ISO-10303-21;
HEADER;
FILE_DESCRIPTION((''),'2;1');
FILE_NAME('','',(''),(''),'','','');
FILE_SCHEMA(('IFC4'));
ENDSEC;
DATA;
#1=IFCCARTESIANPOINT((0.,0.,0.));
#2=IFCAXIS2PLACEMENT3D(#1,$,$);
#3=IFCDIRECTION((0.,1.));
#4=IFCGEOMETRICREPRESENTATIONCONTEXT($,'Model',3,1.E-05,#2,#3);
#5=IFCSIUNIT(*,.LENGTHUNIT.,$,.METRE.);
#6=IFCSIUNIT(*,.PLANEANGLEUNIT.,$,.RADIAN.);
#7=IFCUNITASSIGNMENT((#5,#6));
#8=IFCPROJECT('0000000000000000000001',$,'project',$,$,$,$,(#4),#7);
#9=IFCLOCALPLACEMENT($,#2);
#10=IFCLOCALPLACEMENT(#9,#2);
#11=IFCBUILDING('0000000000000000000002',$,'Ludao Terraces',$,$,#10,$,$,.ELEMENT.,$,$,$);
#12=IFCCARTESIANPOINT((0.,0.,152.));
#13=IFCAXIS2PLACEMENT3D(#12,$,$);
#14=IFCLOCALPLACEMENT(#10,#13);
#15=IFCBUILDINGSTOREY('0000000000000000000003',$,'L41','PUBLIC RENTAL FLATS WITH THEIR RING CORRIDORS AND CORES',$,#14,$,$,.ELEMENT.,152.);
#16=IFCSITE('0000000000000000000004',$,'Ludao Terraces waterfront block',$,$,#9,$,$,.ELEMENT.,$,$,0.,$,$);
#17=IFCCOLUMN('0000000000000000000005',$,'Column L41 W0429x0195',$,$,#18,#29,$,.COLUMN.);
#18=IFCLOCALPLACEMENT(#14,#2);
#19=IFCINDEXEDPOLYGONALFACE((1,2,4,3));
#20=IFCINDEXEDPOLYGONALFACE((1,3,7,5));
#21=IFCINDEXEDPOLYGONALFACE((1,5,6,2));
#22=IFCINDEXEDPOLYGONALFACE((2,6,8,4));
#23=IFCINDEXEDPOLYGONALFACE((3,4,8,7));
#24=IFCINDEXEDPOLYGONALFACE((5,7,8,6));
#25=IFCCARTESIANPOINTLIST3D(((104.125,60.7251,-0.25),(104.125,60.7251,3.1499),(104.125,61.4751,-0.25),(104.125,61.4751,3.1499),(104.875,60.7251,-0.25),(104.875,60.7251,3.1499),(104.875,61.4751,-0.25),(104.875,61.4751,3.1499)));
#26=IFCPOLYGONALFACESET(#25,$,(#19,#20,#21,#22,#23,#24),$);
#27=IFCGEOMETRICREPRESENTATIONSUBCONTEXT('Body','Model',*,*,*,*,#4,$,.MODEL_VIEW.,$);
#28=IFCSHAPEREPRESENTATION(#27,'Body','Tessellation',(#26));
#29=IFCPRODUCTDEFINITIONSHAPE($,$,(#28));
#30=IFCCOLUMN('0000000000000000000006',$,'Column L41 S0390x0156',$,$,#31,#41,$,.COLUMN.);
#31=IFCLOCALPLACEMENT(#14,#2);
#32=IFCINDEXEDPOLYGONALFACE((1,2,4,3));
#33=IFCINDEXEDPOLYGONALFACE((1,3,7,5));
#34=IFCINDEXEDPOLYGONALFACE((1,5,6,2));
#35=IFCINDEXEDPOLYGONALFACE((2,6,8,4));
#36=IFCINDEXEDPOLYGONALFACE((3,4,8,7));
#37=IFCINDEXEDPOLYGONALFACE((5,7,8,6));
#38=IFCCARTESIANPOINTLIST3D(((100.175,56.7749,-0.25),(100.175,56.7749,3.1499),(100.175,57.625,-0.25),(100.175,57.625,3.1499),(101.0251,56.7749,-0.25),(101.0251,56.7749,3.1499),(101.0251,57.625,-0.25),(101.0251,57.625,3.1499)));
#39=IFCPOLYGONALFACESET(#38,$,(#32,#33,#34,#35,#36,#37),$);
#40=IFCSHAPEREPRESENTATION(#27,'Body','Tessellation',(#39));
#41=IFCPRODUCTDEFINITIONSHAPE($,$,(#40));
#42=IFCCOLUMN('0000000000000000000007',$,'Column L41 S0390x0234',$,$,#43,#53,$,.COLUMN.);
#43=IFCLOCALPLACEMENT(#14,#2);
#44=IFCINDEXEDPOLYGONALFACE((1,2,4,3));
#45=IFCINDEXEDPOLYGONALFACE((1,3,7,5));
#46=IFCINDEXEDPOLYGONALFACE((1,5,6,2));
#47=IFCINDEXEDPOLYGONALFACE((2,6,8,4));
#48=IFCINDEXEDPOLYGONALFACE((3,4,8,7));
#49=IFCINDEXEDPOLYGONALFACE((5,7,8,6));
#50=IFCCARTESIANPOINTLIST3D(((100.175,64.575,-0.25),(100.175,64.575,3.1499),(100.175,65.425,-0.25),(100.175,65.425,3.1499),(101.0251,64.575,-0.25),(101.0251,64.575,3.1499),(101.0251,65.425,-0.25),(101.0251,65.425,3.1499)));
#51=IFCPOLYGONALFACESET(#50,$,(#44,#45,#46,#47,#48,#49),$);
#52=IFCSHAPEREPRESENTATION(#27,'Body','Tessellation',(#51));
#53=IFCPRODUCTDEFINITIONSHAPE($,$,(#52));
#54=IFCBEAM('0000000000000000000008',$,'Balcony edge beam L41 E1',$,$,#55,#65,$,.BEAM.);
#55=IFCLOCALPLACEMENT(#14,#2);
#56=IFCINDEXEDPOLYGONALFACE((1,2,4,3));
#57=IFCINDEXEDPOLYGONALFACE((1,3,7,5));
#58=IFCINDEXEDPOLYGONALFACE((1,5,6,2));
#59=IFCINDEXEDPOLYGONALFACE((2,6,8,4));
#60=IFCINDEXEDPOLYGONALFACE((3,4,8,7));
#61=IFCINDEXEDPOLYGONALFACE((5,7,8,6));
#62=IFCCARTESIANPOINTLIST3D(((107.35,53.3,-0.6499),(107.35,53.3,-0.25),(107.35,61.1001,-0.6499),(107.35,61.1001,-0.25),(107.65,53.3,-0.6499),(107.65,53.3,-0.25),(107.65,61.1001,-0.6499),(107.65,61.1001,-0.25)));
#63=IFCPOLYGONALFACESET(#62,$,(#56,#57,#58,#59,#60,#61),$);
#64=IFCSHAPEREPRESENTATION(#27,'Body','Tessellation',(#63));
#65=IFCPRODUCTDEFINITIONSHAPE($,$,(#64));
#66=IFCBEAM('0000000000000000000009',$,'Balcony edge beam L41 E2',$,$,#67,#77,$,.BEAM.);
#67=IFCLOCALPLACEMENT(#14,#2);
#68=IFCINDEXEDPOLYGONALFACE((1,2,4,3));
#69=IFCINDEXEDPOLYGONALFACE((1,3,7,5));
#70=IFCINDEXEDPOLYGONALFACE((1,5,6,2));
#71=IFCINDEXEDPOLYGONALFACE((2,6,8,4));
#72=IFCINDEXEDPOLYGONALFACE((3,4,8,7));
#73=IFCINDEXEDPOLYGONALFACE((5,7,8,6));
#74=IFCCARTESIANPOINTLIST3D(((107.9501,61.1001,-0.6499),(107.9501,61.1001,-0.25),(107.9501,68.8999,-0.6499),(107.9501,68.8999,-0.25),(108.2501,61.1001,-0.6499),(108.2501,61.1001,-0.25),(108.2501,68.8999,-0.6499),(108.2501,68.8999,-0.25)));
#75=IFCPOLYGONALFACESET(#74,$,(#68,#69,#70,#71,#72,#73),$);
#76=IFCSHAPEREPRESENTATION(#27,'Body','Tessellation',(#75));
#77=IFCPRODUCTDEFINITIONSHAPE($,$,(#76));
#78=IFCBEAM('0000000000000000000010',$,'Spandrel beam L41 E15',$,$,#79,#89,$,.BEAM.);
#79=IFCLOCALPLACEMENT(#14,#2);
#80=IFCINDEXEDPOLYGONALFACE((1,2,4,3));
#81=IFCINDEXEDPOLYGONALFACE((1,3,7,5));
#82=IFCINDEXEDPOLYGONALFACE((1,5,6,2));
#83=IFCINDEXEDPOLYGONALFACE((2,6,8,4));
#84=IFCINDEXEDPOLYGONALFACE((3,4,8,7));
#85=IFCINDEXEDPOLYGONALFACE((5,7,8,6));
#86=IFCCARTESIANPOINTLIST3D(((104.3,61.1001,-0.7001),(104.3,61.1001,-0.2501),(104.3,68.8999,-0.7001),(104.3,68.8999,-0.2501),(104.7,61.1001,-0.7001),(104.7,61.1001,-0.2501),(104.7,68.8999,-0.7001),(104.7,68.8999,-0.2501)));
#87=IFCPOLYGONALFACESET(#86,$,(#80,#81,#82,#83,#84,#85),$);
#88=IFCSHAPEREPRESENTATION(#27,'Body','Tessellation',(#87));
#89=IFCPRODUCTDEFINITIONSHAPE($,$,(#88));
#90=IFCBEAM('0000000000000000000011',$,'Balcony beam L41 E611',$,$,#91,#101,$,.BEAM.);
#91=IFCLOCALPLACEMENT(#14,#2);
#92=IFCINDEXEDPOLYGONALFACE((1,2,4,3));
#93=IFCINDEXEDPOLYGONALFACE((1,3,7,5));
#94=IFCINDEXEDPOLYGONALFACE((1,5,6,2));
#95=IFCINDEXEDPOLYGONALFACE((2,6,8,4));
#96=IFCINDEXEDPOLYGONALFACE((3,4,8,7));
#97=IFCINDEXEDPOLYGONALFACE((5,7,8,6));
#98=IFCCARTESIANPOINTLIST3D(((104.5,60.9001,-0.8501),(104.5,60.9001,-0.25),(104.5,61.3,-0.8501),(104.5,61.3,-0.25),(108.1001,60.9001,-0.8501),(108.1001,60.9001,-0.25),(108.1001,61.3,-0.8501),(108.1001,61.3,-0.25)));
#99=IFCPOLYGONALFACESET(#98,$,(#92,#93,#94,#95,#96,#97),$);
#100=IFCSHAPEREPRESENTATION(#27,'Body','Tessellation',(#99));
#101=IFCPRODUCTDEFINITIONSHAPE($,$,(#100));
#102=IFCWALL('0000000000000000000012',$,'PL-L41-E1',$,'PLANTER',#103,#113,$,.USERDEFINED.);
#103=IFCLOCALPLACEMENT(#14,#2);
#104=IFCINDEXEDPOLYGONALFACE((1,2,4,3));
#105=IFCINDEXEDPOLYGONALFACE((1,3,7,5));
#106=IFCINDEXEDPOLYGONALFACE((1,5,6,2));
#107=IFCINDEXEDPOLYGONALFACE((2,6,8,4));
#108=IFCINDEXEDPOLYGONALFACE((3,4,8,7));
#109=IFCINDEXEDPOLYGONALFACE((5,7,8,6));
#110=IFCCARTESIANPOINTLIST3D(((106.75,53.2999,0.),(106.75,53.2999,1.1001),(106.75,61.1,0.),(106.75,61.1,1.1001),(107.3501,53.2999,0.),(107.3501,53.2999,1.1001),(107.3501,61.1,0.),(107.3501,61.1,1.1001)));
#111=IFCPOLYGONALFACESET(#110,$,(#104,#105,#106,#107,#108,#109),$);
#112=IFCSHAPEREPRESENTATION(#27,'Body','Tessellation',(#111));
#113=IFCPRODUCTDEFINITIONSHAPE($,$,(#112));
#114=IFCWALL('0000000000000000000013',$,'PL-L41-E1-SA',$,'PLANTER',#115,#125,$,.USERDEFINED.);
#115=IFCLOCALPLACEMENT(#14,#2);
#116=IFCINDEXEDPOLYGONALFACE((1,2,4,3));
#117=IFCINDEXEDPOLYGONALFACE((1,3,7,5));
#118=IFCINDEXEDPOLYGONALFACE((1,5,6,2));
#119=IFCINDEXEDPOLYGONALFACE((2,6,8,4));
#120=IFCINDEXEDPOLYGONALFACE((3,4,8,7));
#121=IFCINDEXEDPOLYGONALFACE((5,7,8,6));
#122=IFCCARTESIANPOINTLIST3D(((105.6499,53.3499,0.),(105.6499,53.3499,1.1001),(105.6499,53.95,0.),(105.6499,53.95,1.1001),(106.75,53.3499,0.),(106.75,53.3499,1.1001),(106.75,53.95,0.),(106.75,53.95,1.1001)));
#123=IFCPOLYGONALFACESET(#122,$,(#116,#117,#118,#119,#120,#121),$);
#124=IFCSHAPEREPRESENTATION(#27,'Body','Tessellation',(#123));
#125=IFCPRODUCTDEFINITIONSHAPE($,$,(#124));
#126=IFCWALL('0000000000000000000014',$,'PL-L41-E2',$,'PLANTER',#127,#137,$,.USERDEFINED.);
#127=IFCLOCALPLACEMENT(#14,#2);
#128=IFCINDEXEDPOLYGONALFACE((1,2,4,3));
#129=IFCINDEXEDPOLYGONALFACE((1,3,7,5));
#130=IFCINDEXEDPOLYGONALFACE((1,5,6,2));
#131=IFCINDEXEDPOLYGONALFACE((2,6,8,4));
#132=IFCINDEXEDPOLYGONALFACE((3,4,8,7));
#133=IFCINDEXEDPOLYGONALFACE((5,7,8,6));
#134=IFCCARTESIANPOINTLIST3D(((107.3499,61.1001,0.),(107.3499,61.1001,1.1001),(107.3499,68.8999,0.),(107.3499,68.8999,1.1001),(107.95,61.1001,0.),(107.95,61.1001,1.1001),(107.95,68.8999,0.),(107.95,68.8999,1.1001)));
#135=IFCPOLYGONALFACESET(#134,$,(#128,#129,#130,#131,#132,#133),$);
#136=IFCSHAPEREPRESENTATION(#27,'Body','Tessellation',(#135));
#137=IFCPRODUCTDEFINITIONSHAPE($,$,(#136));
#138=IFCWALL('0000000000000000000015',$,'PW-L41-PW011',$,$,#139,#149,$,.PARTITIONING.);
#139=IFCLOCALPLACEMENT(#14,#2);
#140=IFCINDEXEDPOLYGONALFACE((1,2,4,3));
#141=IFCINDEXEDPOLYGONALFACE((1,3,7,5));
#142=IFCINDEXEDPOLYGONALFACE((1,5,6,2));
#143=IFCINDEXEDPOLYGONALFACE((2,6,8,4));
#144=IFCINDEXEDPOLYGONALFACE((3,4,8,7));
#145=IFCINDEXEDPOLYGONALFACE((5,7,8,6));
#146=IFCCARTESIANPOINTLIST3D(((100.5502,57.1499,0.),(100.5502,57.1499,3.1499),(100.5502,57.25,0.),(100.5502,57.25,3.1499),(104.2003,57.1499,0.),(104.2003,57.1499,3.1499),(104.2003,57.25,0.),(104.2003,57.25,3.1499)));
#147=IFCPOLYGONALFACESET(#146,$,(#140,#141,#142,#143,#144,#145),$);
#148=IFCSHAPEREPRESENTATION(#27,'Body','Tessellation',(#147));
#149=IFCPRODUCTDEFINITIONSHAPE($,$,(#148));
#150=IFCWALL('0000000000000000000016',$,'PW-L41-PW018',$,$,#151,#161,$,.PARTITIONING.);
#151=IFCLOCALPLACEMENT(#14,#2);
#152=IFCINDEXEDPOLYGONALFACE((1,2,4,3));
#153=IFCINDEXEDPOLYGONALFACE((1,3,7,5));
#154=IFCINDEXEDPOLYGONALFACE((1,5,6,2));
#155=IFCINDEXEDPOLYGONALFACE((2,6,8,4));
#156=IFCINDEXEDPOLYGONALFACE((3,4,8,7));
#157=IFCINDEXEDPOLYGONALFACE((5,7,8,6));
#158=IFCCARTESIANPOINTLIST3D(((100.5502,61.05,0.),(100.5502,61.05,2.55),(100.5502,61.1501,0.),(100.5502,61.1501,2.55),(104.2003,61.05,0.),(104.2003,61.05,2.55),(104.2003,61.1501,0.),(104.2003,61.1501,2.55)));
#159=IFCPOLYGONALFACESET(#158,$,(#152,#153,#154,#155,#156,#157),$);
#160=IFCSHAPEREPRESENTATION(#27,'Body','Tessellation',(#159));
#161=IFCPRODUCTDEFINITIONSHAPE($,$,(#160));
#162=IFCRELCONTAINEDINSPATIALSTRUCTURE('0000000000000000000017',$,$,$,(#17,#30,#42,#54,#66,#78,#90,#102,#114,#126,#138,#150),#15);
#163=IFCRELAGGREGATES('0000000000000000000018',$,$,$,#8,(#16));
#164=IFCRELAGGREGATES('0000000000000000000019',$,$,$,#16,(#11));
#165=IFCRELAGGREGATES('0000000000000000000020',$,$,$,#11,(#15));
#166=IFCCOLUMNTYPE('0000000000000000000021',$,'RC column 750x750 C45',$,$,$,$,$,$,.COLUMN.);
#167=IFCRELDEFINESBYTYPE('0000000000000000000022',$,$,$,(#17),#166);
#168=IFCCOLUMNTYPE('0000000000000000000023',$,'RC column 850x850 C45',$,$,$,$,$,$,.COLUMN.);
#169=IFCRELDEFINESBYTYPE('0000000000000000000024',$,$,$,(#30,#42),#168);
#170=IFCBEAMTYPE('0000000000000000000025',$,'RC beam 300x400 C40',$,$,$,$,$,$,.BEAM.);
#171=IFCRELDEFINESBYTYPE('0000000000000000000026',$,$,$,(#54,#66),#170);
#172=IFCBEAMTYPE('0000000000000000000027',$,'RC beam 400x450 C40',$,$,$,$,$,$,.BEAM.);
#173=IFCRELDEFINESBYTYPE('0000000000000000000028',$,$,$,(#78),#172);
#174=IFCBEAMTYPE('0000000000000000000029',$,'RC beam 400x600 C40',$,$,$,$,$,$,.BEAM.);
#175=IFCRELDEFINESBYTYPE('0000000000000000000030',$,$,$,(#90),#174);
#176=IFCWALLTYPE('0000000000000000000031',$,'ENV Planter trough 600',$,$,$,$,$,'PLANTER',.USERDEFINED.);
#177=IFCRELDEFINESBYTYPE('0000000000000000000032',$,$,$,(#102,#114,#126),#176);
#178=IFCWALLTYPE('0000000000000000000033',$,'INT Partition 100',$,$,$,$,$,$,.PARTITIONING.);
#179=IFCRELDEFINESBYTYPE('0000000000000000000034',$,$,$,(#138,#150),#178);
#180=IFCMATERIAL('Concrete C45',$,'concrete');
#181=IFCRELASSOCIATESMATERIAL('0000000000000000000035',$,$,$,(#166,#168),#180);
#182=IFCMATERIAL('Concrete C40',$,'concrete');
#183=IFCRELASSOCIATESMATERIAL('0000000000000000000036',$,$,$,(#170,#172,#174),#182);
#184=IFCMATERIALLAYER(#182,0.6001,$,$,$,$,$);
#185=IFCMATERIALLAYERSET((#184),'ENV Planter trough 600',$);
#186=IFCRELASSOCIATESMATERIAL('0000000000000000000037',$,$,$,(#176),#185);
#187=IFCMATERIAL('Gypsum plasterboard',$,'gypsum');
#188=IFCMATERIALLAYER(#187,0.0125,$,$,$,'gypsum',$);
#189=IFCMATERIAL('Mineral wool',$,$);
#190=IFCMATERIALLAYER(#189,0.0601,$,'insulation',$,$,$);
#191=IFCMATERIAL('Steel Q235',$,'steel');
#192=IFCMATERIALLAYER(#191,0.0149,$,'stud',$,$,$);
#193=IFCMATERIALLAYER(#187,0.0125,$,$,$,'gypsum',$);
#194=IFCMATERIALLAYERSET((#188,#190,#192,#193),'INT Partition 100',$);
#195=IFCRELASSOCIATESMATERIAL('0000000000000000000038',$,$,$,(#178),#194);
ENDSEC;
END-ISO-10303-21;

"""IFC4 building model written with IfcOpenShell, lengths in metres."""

from ifc_helpers import new_model, si_unit, direction, frame, frame_2d, origin, origin_2d, place, context, subcontext, project, spatial, rectangle, extrude, material, layer, layer_set, material_profile, profile_set, type_object, element, save


model = new_model("IFC4")

# Units and contexts
model_context = context("Model", 3, precision=1e-05, world=origin(), true_north=direction((0.0, 1.0)))
body_context = subcontext(model_context, "Body", "Model", "MODEL_VIEW")
ifc_project = project(units=[si_unit("LENGTHUNIT", "METRE"), si_unit("PLANEANGLEUNIT", "RADIAN")], contexts=[model_context])

# Site, building, storey
site_placement = place(None, origin())
site = spatial("IfcSite", under=ifc_project, at=site_placement, Name="Ludao Terraces waterfront block", CompositionType="ELEMENT", RefElevation=0.0)
building_placement = place(site_placement, origin())
building = spatial("IfcBuilding", under=site, at=building_placement, Name="Ludao Terraces", CompositionType="ELEMENT")
storey_placement = place(building_placement, frame((0.0, 0.0, 152.0)))
storey = spatial("IfcBuildingStorey", under=building, at=storey_placement, Name="L41", Description="PUBLIC RENTAL FLATS WITH THEIR RING CORRIDORS AND CORES", CompositionType="ELEMENT", Elevation=152.0)

# Columns
ifc_material_1 = material(Name="Concrete C45", Category="concrete")
ifc_material_profile_1 = material_profile(ifc_material_1, rectangle(XDim=0.75, YDim=0.75, at=origin_2d()), Name="750 X 750")
ifc_profile_set_1 = profile_set([ifc_material_profile_1], Name="Concrete C45")
column_type_1 = type_object("IfcColumnType", Name="RC column 750x750 C45", PredefinedType="COLUMN", material=ifc_profile_set_1)
column_placement = place(storey_placement, frame((104.5, 61.1001, -0.25), z_axis=(0.0, 0.0, 1.0), x_axis=(1.0, 0.0, 0.0)))
element("IfcColumn", 1, at=column_placement, inside=storey, type_object=column_type_1, Name="Column L41 W0429x0195", PredefinedType="COLUMN", context=body_context, shape_type="SweptSolid", body=[
    extrude(rectangle(XDim=0.75, YDim=0.75, at=origin_2d()), origin(), (0.0, 0.0, 1.0), 3.3999),
])
ifc_material_profile_2 = material_profile(ifc_material_1, rectangle(XDim=0.8501, YDim=0.8501, at=origin_2d()), Name="850 X 850")
ifc_profile_set_2 = profile_set([ifc_material_profile_2], Name="Concrete C45")
column_type_2 = type_object("IfcColumnType", Name="RC column 850x850 C45", PredefinedType="COLUMN", material=ifc_profile_set_2)
for number, where, z_axis, x_axis, name in (
    (2, (100.6001, 57.2, -0.25), (0.0, 0.0, 1.0), (1.0, 0.0, 0.0), "Column L41 S0390x0156"),
    (3, (100.6001, 65.0, -0.25), (0.0, 0.0, 1.0), (1.0, 0.0, 0.0), "Column L41 S0390x0234"),
):
    element("IfcColumn", number, at=place(storey_placement, frame(where, z_axis=z_axis, x_axis=x_axis)), inside=storey, type_object=column_type_2, Name=name, PredefinedType="COLUMN", context=body_context, shape_type="SweptSolid", body=[
        extrude(rectangle(XDim=0.8501, YDim=0.8501, at=origin_2d()), origin(), (0.0, 0.0, 1.0), 3.3999),
    ])

# Beams
ifc_material_2 = material(Name="Concrete C40", Category="concrete")
ifc_material_profile_3 = material_profile(ifc_material_2, rectangle(XDim=0.3, YDim=0.3999, at=origin_2d()), Name="300 X 400")
ifc_profile_set_3 = profile_set([ifc_material_profile_3], Name="Concrete C40")
beam_type_1 = type_object("IfcBeamType", Name="RC beam 300x400 C40", PredefinedType="BEAM", material=ifc_profile_set_3)
beam_1_placement = place(storey_placement, frame((107.5, 53.3, -0.45), z_axis=(0.0, 1.0, 0.0), x_axis=(-1.0, 0.0, 0.0)))
element("IfcBeam", 4, at=beam_1_placement, inside=storey, type_object=beam_type_1, Name="Balcony edge beam L41 E1", PredefinedType="BEAM", context=body_context, shape_type="SweptSolid", body=[
    extrude(rectangle(XDim=0.3, YDim=0.3999, at=origin_2d()), origin(), (0.0, 0.0, 1.0), 7.8),
])
beam_2_placement = place(storey_placement, frame((108.1001, 61.1001, -0.45), z_axis=(0.0, 1.0, 0.0), x_axis=(-1.0, 0.0, 0.0)))
element("IfcBeam", 5, at=beam_2_placement, inside=storey, type_object=beam_type_1, Name="Balcony edge beam L41 E2", PredefinedType="BEAM", context=body_context, shape_type="SweptSolid", body=[
    extrude(rectangle(XDim=0.3, YDim=0.3999, at=origin_2d()), origin(), (0.0, 0.0, 1.0), 7.7998),
])
ifc_material_profile_4 = material_profile(ifc_material_2, rectangle(XDim=0.3999, YDim=0.45, at=origin_2d()), Name="400 X 450")
ifc_profile_set_4 = profile_set([ifc_material_profile_4], Name="Concrete C40")
beam_type_2 = type_object("IfcBeamType", Name="RC beam 400x450 C40", PredefinedType="BEAM", material=ifc_profile_set_4)
beam_3_placement = place(storey_placement, frame((104.5, 61.1001, -0.4751), z_axis=(0.0, 1.0, 0.0), x_axis=(-1.0, 0.0, 0.0)))
element("IfcBeam", 6, at=beam_3_placement, inside=storey, type_object=beam_type_2, Name="Spandrel beam L41 E15", PredefinedType="BEAM", context=body_context, shape_type="SweptSolid", body=[
    extrude(rectangle(XDim=0.3999, YDim=0.45, at=origin_2d()), origin(), (0.0, 0.0, 1.0), 7.7998),
])
ifc_material_profile_5 = material_profile(ifc_material_2, rectangle(XDim=0.3999, YDim=0.6001, at=origin_2d()), Name="400 X 600")
ifc_profile_set_5 = profile_set([ifc_material_profile_5], Name="Concrete C40")
beam_type_3 = type_object("IfcBeamType", Name="RC beam 400x600 C40", PredefinedType="BEAM", material=ifc_profile_set_5)
beam_4_placement = place(storey_placement, frame((104.5, 61.1001, -0.55), z_axis=(1.0, 0.0, 0.0), x_axis=(0.0, 1.0, 0.0)))
element("IfcBeam", 7, at=beam_4_placement, inside=storey, type_object=beam_type_3, Name="Balcony beam L41 E611", PredefinedType="BEAM", context=body_context, shape_type="SweptSolid", body=[
    extrude(rectangle(XDim=0.3999, YDim=0.6001, at=origin_2d()), origin(), (0.0, 0.0, 1.0), 3.6001),
])

# Walls
ifc_layer_1 = layer(ifc_material_2, 0.6001)
ifc_layer_set_1 = layer_set([ifc_layer_1], Name="ENV Planter trough 600")
wall_type_1 = type_object("IfcWallType", Name="ENV Planter trough 600", ElementType="PLANTER", PredefinedType="USERDEFINED", material=ifc_layer_set_1)
wall_1_placement = place(storey_placement, frame((107.05, 53.3, 0.0), z_axis=(0.0, 0.0, 1.0), x_axis=(0.0, 1.0, 0.0)))
element("IfcWall", 8, at=wall_1_placement, inside=storey, type_object=wall_type_1, Name="PL-L41-E1", ObjectType="PLANTER", PredefinedType="USERDEFINED", context=body_context, shape_type="SweptSolid", body=[
    extrude(rectangle(XDim=7.8, YDim=0.6001, at=frame_2d((3.8999, 0.0))), origin(), (0.0, 0.0, 1.0), 1.1001),
])
wall_2_placement = place(storey_placement, frame((106.75, 53.6499, 0.0), z_axis=(0.0, 0.0, 1.0), x_axis=(-1.0, 0.0, 0.0)))
element("IfcWall", 9, at=wall_2_placement, inside=storey, type_object=wall_type_1, Name="PL-L41-E1-SA", ObjectType="PLANTER", PredefinedType="USERDEFINED", context=body_context, shape_type="SweptSolid", body=[
    extrude(rectangle(XDim=1.1001, YDim=0.6001, at=frame_2d((0.55, 0.0))), origin(), (0.0, 0.0, 1.0), 1.1001),
])
wall_3_placement = place(storey_placement, frame((107.6499, 61.1001, 0.0), z_axis=(0.0, 0.0, 1.0), x_axis=(0.0, 1.0, 0.0)))
element("IfcWall", 10, at=wall_3_placement, inside=storey, type_object=wall_type_1, Name="PL-L41-E2", ObjectType="PLANTER", PredefinedType="USERDEFINED", context=body_context, shape_type="SweptSolid", body=[
    extrude(rectangle(XDim=7.7998, YDim=0.6001, at=frame_2d((3.8999, 0.0))), origin(), (0.0, 0.0, 1.0), 1.1001),
])

# Shared definitions
ifc_material_3 = material(Name="Mineral wool")

# Walls
ifc_material_4 = material(Name="Gypsum plasterboard", Category="gypsum")
ifc_layer_2 = layer(ifc_material_4, 0.0125, Category="gypsum")
ifc_layer_3 = layer(ifc_material_3, 0.0601, Name="insulation")
ifc_material_5 = material(Name="Steel Q235", Category="steel")
ifc_layer_4 = layer(ifc_material_5, 0.0149, Name="stud")
ifc_layer_5 = layer(ifc_material_4, 0.0125, Category="gypsum")
ifc_layer_set_2 = layer_set([ifc_layer_2, ifc_layer_3, ifc_layer_4, ifc_layer_5], Name="INT Partition 100")
wall_type_2 = type_object("IfcWallType", Name="INT Partition 100", PredefinedType="PARTITIONING", material=ifc_layer_set_2)
wall_4_placement = place(storey_placement, frame((100.55, 57.2, 0.0), z_axis=(0.0, 0.0, 1.0), x_axis=(1.0, 0.0, 0.0)))
element("IfcWall", 11, at=wall_4_placement, inside=storey, type_object=wall_type_2, Name="PW-L41-PW011", PredefinedType="PARTITIONING", context=body_context, shape_type="SweptSolid", body=[
    extrude(rectangle(XDim=3.6501, YDim=0.1001, at=frame_2d((1.8252, 0.0))), origin(), (0.0, 0.0, 1.0), 3.1499),
])
wall_5_placement = place(storey_placement, frame((100.55, 61.1001, 0.0), z_axis=(0.0, 0.0, 1.0), x_axis=(1.0, 0.0, 0.0)))
element("IfcWall", 12, at=wall_5_placement, inside=storey, type_object=wall_type_2, Name="PW-L41-PW018", PredefinedType="PARTITIONING", context=body_context, shape_type="SweptSolid", body=[
    extrude(rectangle(XDim=3.6501, YDim=0.1001, at=frame_2d((1.8252, 0.0))), origin(), (0.0, 0.0, 1.0), 2.55),
])

save(model, "model.ifc")
